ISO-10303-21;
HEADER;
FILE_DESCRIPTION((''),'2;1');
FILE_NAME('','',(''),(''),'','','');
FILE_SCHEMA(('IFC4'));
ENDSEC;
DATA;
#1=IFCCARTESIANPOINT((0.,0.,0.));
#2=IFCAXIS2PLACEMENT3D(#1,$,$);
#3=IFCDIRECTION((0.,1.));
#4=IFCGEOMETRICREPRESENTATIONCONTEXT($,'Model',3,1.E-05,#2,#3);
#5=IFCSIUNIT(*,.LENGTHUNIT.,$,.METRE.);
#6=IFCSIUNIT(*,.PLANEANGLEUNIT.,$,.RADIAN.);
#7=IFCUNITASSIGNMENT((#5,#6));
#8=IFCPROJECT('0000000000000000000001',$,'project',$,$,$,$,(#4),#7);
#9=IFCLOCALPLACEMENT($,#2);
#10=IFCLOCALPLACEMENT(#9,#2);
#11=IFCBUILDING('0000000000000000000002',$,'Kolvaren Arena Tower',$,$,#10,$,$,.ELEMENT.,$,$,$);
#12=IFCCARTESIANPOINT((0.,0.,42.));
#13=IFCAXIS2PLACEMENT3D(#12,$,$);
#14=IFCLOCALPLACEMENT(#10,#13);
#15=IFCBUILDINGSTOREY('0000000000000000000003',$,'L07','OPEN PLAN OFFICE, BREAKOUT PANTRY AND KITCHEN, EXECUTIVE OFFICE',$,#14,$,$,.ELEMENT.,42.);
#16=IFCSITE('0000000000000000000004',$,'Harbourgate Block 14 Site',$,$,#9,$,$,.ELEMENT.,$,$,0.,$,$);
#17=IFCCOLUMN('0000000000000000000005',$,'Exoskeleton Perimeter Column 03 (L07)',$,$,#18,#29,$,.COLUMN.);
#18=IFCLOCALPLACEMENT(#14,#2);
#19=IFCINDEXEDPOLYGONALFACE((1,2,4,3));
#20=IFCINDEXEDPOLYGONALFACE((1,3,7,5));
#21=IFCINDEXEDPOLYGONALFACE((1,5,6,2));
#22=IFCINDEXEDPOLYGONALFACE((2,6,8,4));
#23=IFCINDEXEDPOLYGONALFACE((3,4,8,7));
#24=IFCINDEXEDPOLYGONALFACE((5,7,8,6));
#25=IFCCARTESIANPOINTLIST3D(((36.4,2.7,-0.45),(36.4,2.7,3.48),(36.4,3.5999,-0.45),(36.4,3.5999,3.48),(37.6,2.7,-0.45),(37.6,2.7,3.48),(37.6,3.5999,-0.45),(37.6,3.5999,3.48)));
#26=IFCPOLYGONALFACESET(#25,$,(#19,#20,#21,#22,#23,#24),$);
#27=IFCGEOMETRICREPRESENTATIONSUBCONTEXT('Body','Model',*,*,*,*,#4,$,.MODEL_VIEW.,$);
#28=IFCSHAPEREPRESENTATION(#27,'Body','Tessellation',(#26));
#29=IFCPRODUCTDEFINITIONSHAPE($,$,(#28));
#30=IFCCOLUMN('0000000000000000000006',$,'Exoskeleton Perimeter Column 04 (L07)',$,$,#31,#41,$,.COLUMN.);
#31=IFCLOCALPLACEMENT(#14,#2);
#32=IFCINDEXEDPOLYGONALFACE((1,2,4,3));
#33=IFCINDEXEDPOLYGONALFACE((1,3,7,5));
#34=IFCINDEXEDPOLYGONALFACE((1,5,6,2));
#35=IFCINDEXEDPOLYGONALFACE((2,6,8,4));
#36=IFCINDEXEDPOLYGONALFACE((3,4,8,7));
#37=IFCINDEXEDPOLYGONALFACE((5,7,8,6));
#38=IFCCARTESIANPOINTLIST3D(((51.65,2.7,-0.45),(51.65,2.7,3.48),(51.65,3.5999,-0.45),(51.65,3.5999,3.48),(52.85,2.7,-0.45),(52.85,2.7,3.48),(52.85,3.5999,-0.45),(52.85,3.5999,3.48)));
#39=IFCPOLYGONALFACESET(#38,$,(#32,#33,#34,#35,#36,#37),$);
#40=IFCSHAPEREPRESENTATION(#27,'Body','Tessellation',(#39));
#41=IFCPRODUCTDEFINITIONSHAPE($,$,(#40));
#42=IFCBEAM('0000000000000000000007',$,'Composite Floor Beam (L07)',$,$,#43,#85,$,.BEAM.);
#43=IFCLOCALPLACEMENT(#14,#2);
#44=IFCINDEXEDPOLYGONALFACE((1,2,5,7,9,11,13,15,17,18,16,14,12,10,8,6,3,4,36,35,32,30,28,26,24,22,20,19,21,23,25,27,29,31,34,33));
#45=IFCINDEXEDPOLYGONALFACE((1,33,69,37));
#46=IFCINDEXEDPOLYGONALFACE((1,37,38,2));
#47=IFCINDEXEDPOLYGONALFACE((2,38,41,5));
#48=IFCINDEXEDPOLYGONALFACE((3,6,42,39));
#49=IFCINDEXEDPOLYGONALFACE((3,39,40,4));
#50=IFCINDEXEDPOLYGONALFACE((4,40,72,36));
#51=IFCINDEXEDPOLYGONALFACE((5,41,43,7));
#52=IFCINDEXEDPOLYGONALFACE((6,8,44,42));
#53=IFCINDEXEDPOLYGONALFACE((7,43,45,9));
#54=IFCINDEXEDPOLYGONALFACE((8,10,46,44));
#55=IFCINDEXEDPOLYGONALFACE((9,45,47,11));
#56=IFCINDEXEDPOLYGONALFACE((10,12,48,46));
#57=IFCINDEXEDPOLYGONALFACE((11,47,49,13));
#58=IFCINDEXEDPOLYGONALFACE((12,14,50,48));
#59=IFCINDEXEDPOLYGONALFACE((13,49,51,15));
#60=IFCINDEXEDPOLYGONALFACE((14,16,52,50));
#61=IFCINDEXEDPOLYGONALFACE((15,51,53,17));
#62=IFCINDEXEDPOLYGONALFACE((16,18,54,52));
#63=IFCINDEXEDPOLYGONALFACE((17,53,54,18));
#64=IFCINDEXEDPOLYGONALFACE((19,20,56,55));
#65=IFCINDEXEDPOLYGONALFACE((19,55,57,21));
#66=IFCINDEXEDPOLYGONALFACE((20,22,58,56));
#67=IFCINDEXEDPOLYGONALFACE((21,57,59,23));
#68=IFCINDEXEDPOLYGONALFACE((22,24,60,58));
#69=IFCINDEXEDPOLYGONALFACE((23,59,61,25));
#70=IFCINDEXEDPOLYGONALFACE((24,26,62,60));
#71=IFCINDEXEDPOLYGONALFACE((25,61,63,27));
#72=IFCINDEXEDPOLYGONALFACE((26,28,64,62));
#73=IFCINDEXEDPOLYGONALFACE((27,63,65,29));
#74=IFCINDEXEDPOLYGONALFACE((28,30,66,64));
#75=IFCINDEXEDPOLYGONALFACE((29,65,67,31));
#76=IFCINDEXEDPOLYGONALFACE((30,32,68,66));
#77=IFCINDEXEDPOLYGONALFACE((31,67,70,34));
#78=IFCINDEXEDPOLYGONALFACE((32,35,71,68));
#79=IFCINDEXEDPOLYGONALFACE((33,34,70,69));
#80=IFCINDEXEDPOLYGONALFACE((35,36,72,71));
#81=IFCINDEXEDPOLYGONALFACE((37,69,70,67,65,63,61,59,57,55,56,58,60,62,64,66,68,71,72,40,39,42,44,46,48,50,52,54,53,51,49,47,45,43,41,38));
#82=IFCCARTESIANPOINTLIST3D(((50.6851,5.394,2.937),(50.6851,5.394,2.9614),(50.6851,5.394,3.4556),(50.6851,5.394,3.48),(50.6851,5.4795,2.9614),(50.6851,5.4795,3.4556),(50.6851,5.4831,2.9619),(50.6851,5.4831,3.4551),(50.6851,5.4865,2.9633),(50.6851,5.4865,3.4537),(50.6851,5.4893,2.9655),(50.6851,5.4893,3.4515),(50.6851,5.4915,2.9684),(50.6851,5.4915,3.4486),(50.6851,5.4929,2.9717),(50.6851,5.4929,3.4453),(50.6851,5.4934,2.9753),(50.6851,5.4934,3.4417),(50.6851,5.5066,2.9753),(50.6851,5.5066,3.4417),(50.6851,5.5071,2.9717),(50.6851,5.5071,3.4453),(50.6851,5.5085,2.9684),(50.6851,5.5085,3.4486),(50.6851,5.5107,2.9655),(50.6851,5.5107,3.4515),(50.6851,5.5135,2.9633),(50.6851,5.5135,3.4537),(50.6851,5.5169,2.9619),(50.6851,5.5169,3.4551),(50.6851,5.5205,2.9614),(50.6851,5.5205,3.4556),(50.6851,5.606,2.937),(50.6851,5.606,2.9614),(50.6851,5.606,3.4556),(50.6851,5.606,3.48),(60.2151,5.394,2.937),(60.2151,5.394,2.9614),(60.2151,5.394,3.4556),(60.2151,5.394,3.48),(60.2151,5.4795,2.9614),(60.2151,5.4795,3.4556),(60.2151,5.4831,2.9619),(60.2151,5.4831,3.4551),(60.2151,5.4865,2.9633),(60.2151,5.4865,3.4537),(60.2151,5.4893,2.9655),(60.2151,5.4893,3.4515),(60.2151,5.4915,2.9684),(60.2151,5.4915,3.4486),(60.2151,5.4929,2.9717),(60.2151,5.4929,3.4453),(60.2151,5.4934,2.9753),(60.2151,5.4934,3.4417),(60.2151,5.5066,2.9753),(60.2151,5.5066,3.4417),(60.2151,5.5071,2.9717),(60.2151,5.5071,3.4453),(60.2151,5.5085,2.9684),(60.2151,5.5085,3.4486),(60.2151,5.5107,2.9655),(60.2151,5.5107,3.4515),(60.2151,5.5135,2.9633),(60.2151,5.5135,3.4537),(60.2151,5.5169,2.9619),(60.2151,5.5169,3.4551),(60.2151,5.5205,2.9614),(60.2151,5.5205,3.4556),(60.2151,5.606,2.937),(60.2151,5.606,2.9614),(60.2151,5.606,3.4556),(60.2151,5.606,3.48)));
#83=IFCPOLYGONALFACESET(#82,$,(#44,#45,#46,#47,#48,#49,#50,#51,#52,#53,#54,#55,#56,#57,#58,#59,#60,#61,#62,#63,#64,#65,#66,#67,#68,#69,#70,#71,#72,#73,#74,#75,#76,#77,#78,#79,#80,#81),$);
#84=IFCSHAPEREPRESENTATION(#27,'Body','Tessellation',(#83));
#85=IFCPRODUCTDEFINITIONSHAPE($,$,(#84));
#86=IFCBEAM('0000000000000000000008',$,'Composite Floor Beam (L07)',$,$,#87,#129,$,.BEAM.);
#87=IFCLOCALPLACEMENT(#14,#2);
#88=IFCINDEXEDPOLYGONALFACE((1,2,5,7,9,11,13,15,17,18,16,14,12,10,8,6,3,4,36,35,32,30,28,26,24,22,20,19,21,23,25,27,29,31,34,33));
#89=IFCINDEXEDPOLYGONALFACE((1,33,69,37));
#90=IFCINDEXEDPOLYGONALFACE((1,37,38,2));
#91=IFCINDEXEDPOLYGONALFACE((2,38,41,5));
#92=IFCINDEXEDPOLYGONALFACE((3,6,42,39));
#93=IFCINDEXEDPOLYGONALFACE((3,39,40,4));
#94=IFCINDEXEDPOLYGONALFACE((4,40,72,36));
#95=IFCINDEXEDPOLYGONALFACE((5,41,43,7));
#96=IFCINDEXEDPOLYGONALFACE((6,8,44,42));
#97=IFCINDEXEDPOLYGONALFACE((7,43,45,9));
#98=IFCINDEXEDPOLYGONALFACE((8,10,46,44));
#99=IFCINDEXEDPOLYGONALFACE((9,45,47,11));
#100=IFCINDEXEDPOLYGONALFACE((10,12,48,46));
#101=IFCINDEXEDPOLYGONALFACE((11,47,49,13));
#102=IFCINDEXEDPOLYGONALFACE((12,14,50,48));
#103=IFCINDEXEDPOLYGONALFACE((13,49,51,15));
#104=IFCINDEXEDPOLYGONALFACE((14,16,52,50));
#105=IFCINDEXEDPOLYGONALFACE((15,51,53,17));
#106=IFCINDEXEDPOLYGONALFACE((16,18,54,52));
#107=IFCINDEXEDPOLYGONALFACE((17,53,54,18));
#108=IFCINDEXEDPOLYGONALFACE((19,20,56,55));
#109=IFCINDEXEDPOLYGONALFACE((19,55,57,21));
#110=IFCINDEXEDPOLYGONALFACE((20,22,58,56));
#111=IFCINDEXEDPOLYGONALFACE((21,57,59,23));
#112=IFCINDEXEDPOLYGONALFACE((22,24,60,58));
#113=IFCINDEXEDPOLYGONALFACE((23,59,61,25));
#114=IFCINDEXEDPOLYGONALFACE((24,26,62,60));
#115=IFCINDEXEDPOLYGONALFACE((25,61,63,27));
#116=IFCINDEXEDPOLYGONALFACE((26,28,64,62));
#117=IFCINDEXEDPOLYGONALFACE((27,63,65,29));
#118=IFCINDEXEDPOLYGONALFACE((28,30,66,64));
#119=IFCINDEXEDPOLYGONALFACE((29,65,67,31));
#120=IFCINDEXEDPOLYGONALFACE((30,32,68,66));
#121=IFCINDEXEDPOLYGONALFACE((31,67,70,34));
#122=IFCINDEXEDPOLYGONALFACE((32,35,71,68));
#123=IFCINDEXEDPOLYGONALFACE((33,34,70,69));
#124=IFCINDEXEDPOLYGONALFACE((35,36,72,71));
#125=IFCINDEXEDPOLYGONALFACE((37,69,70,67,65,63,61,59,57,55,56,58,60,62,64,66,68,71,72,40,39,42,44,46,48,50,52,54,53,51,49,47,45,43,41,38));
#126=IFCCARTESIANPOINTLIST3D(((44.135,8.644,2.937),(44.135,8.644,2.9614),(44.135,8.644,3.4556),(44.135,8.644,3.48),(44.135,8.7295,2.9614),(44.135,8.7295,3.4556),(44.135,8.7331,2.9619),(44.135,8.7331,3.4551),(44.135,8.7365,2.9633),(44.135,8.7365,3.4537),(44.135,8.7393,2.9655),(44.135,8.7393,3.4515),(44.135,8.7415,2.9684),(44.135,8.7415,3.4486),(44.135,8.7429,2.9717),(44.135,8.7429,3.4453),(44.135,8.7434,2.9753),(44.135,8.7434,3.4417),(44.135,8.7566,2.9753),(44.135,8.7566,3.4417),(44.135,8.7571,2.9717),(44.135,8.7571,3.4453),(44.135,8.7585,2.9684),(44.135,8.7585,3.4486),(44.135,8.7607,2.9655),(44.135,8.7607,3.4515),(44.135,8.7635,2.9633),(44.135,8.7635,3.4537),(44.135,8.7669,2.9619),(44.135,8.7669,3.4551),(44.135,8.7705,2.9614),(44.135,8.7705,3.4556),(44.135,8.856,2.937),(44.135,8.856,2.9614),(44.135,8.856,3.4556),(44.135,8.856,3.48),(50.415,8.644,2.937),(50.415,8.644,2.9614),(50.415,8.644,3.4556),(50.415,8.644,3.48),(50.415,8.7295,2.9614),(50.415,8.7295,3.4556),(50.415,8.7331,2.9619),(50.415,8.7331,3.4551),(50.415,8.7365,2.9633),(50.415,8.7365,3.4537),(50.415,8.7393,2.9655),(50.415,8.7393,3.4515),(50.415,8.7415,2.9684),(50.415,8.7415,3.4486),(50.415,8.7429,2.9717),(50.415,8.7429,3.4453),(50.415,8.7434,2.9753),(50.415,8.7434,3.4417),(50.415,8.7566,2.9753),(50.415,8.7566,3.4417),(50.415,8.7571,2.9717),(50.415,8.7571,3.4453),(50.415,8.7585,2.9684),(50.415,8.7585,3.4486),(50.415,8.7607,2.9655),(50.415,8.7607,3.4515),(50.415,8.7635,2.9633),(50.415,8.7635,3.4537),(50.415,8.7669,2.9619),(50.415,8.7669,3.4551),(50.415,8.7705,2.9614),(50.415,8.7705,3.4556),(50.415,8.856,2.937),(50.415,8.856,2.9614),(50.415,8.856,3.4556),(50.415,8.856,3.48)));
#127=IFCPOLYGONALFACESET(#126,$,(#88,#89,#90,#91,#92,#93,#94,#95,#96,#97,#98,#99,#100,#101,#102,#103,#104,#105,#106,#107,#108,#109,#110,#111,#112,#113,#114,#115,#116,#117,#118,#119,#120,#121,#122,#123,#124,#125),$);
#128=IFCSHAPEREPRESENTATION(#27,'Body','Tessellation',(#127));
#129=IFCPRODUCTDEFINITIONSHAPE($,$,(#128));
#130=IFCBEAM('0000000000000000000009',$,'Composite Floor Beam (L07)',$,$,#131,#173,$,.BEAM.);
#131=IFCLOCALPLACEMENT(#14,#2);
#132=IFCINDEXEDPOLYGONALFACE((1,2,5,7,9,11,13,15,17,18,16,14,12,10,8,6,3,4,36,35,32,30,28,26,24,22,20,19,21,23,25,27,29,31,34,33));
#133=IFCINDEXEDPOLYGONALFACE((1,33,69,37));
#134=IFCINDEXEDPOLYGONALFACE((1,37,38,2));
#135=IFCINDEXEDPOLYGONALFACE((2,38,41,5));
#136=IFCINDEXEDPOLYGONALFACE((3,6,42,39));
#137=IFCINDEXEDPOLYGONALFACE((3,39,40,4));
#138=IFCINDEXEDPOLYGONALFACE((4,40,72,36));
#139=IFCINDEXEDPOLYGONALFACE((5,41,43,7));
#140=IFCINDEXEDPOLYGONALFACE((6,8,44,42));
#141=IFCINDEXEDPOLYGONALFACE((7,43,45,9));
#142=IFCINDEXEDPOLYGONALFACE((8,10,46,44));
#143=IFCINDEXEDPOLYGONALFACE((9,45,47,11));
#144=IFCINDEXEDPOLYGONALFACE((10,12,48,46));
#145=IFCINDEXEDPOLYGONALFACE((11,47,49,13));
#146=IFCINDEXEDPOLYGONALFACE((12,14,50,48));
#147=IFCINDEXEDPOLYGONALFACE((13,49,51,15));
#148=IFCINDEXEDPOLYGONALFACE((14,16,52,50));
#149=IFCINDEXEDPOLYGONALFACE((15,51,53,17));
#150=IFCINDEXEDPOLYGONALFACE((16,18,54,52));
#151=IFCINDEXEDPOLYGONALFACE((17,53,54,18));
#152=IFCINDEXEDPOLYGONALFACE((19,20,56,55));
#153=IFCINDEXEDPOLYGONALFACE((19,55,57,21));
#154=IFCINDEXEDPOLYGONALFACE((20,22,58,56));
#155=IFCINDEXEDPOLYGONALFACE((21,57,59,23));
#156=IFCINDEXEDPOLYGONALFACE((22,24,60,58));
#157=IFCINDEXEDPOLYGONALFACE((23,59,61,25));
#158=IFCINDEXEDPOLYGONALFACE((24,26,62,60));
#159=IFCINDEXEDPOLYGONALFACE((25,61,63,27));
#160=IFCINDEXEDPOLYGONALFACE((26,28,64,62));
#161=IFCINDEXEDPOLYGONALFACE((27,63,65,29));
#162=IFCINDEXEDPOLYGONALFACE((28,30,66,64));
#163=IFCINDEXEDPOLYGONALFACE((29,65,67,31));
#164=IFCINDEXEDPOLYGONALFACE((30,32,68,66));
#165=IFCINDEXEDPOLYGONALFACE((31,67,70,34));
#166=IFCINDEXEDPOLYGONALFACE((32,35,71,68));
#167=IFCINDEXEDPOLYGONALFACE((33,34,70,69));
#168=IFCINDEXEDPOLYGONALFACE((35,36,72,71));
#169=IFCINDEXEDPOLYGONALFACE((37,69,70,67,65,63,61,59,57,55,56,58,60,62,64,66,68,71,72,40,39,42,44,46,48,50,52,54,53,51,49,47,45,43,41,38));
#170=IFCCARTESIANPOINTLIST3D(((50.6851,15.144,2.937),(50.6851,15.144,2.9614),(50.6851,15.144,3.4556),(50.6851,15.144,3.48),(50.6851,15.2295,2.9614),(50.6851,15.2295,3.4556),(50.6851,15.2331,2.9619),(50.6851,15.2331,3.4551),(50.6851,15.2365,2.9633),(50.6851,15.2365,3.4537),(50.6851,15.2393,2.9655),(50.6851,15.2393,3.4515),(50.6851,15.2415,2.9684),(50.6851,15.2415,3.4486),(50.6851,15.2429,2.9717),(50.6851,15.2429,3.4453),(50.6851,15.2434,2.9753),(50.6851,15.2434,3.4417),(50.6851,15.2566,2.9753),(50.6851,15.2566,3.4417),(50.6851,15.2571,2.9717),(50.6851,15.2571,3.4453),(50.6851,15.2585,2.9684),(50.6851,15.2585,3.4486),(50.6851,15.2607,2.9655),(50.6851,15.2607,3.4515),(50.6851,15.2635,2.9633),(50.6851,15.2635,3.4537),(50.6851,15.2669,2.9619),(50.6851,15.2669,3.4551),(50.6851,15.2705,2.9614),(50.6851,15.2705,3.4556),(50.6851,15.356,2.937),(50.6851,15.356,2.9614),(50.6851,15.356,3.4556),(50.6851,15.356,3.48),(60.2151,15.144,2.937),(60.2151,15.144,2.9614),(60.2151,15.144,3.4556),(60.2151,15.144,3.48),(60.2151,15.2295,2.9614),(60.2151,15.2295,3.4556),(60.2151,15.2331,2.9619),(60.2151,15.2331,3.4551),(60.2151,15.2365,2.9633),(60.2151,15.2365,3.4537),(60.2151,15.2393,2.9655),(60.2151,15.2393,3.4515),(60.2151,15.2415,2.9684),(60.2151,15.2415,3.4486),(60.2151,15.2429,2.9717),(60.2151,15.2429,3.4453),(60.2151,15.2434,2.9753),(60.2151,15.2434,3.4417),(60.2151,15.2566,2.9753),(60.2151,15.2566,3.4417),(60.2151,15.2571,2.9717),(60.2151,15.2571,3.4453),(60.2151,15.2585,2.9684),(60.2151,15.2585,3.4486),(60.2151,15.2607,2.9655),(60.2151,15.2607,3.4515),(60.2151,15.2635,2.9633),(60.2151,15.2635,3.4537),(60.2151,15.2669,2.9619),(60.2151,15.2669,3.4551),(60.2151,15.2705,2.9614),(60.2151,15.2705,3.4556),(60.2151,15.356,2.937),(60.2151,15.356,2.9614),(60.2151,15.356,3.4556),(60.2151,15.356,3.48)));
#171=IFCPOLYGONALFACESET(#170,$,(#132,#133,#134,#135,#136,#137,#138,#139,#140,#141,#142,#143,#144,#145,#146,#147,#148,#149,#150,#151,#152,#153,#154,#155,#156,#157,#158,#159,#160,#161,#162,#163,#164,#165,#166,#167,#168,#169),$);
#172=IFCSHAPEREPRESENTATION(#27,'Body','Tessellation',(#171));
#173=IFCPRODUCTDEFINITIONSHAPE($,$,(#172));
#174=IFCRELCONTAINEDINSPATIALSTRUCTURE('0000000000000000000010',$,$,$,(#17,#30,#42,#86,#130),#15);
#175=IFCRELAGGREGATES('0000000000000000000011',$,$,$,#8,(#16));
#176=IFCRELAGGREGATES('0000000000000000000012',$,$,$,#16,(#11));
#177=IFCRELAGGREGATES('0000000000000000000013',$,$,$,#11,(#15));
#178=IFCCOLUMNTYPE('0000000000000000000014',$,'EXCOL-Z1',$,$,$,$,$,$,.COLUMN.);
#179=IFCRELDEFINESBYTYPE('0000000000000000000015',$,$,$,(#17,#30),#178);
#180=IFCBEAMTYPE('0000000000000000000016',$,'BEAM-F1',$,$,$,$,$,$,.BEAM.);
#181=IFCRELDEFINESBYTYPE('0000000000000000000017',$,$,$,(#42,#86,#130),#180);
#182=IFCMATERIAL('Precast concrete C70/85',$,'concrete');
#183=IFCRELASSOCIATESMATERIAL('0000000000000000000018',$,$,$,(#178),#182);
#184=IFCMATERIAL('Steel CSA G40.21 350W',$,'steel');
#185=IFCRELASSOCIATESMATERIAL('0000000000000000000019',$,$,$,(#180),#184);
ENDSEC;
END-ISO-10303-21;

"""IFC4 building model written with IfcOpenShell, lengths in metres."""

from ifc_helpers import new_model, si_unit, direction, frame, origin, origin_2d, place, context, subcontext, project, spatial, rectangle, i_section, extrude, material, material_profile, profile_set, type_object, element, save


model = new_model("IFC4")

# Units and contexts
model_context = context("Model", 3, precision=1e-05, world=origin(), true_north=direction((0.0, 1.0)))
body_context = subcontext(model_context, "Body", "Model", "MODEL_VIEW")
ifc_project = project(units=[si_unit("LENGTHUNIT", "METRE"), si_unit("PLANEANGLEUNIT", "RADIAN")], contexts=[model_context])

# Site, building, storey
site_placement = place(None, origin())
site = spatial("IfcSite", under=ifc_project, at=site_placement, Name="Harbourgate Block 14 Site", CompositionType="ELEMENT", RefElevation=0.0)
building_placement = place(site_placement, origin())
building = spatial("IfcBuilding", under=site, at=building_placement, Name="Kolvaren Arena Tower", CompositionType="ELEMENT")
storey_placement = place(building_placement, frame((0.0, 0.0, 42.0)))
storey = spatial("IfcBuildingStorey", under=building, at=storey_placement, Name="L07", Description="OPEN PLAN OFFICE, BREAKOUT PANTRY AND KITCHEN, EXECUTIVE OFFICE", CompositionType="ELEMENT", Elevation=42.0)

# Columns
ifc_material_1 = material(Name="Precast concrete C70/85", Category="concrete")
ifc_material_profile_1 = material_profile(ifc_material_1, rectangle(XDim=1.2, YDim=0.8999, at=origin_2d()), Name="RC-1200x900")
ifc_profile_set_1 = profile_set([ifc_material_profile_1], Name="Precast concrete C70/85")
column_type = type_object("IfcColumnType", Name="EXCOL-Z1", PredefinedType="COLUMN", material=ifc_profile_set_1)
for number, where, z_axis, x_axis, name in (
    (1, (37.0, 3.1499, -0.45), (0.0, 0.0, 1.0), (1.0, 0.0, 0.0), "Exoskeleton Perimeter Column 03 (L07)"),
    (2, (52.25, 3.1499, -0.45), (0.0, 0.0, 1.0), (1.0, 0.0, 0.0), "Exoskeleton Perimeter Column 04 (L07)"),
):
    element("IfcColumn", number, at=place(storey_placement, frame(where, z_axis=z_axis, x_axis=x_axis)), inside=storey, type_object=column_type, Name=name, PredefinedType="COLUMN", context=body_context, shape_type="SweptSolid", body=[
        extrude(rectangle(XDim=1.2, YDim=0.8999, at=origin_2d()), origin(), (0.0, 0.0, 1.0), 3.9299),
    ])

# Beams
ifc_material_2 = material(Name="Steel CSA G40.21 350W", Category="steel")
ifc_material_profile_2 = material_profile(ifc_material_2, i_section(OverallWidth=0.2119, OverallDepth=0.543, WebThickness=0.0132, FlangeThickness=0.0244, FilletRadius=0.0139, at=origin_2d()), Name="W530x150")
ifc_profile_set_2 = profile_set([ifc_material_profile_2], Name="Steel CSA G40.21 350W")
beam_type_1 = type_object("IfcBeamType", Name="BEAM-F1", PredefinedType="BEAM", material=ifc_profile_set_2)
beam_1_placement = place(storey_placement, frame((50.6851, 5.5, 3.2085), z_axis=(1.0, 0.0, 0.0), x_axis=(0.0, 1.0, 0.0)))
element("IfcBeam", 3, at=beam_1_placement, inside=storey, type_object=beam_type_1, Name="Composite Floor Beam (L07)", PredefinedType="BEAM", context=body_context, shape_type="SweptSolid", body=[
    extrude(i_section(OverallWidth=0.2119, OverallDepth=0.543, WebThickness=0.0132, FlangeThickness=0.0244, FilletRadius=0.0139, at=origin_2d()), origin(), (0.0, 0.0, 1.0), 9.53),
])
beam_2_placement = place(storey_placement, frame((44.135, 8.75, 3.2085), z_axis=(1.0, 0.0, 0.0), x_axis=(0.0, 1.0, 0.0)))
element("IfcBeam", 4, at=beam_2_placement, inside=storey, type_object=beam_type_1, Name="Composite Floor Beam (L07)", PredefinedType="BEAM", context=body_context, shape_type="SweptSolid", body=[
    extrude(i_section(OverallWidth=0.2119, OverallDepth=0.543, WebThickness=0.0132, FlangeThickness=0.0244, FilletRadius=0.0139, at=origin_2d()), origin(), (0.0, 0.0, 1.0), 6.28),
])
beam_3_placement = place(storey_placement, frame((50.6851, 15.25, 3.2085), z_axis=(1.0, 0.0, 0.0), x_axis=(0.0, 1.0, 0.0)))
element("IfcBeam", 5, at=beam_3_placement, inside=storey, type_object=beam_type_1, Name="Composite Floor Beam (L07)", PredefinedType="BEAM", context=body_context, shape_type="SweptSolid", body=[
    extrude(i_section(OverallWidth=0.2119, OverallDepth=0.543, WebThickness=0.0132, FlangeThickness=0.0244, FilletRadius=0.0139, at=origin_2d()), origin(), (0.0, 0.0, 1.0), 9.53),
])

save(model, "model.ifc")
